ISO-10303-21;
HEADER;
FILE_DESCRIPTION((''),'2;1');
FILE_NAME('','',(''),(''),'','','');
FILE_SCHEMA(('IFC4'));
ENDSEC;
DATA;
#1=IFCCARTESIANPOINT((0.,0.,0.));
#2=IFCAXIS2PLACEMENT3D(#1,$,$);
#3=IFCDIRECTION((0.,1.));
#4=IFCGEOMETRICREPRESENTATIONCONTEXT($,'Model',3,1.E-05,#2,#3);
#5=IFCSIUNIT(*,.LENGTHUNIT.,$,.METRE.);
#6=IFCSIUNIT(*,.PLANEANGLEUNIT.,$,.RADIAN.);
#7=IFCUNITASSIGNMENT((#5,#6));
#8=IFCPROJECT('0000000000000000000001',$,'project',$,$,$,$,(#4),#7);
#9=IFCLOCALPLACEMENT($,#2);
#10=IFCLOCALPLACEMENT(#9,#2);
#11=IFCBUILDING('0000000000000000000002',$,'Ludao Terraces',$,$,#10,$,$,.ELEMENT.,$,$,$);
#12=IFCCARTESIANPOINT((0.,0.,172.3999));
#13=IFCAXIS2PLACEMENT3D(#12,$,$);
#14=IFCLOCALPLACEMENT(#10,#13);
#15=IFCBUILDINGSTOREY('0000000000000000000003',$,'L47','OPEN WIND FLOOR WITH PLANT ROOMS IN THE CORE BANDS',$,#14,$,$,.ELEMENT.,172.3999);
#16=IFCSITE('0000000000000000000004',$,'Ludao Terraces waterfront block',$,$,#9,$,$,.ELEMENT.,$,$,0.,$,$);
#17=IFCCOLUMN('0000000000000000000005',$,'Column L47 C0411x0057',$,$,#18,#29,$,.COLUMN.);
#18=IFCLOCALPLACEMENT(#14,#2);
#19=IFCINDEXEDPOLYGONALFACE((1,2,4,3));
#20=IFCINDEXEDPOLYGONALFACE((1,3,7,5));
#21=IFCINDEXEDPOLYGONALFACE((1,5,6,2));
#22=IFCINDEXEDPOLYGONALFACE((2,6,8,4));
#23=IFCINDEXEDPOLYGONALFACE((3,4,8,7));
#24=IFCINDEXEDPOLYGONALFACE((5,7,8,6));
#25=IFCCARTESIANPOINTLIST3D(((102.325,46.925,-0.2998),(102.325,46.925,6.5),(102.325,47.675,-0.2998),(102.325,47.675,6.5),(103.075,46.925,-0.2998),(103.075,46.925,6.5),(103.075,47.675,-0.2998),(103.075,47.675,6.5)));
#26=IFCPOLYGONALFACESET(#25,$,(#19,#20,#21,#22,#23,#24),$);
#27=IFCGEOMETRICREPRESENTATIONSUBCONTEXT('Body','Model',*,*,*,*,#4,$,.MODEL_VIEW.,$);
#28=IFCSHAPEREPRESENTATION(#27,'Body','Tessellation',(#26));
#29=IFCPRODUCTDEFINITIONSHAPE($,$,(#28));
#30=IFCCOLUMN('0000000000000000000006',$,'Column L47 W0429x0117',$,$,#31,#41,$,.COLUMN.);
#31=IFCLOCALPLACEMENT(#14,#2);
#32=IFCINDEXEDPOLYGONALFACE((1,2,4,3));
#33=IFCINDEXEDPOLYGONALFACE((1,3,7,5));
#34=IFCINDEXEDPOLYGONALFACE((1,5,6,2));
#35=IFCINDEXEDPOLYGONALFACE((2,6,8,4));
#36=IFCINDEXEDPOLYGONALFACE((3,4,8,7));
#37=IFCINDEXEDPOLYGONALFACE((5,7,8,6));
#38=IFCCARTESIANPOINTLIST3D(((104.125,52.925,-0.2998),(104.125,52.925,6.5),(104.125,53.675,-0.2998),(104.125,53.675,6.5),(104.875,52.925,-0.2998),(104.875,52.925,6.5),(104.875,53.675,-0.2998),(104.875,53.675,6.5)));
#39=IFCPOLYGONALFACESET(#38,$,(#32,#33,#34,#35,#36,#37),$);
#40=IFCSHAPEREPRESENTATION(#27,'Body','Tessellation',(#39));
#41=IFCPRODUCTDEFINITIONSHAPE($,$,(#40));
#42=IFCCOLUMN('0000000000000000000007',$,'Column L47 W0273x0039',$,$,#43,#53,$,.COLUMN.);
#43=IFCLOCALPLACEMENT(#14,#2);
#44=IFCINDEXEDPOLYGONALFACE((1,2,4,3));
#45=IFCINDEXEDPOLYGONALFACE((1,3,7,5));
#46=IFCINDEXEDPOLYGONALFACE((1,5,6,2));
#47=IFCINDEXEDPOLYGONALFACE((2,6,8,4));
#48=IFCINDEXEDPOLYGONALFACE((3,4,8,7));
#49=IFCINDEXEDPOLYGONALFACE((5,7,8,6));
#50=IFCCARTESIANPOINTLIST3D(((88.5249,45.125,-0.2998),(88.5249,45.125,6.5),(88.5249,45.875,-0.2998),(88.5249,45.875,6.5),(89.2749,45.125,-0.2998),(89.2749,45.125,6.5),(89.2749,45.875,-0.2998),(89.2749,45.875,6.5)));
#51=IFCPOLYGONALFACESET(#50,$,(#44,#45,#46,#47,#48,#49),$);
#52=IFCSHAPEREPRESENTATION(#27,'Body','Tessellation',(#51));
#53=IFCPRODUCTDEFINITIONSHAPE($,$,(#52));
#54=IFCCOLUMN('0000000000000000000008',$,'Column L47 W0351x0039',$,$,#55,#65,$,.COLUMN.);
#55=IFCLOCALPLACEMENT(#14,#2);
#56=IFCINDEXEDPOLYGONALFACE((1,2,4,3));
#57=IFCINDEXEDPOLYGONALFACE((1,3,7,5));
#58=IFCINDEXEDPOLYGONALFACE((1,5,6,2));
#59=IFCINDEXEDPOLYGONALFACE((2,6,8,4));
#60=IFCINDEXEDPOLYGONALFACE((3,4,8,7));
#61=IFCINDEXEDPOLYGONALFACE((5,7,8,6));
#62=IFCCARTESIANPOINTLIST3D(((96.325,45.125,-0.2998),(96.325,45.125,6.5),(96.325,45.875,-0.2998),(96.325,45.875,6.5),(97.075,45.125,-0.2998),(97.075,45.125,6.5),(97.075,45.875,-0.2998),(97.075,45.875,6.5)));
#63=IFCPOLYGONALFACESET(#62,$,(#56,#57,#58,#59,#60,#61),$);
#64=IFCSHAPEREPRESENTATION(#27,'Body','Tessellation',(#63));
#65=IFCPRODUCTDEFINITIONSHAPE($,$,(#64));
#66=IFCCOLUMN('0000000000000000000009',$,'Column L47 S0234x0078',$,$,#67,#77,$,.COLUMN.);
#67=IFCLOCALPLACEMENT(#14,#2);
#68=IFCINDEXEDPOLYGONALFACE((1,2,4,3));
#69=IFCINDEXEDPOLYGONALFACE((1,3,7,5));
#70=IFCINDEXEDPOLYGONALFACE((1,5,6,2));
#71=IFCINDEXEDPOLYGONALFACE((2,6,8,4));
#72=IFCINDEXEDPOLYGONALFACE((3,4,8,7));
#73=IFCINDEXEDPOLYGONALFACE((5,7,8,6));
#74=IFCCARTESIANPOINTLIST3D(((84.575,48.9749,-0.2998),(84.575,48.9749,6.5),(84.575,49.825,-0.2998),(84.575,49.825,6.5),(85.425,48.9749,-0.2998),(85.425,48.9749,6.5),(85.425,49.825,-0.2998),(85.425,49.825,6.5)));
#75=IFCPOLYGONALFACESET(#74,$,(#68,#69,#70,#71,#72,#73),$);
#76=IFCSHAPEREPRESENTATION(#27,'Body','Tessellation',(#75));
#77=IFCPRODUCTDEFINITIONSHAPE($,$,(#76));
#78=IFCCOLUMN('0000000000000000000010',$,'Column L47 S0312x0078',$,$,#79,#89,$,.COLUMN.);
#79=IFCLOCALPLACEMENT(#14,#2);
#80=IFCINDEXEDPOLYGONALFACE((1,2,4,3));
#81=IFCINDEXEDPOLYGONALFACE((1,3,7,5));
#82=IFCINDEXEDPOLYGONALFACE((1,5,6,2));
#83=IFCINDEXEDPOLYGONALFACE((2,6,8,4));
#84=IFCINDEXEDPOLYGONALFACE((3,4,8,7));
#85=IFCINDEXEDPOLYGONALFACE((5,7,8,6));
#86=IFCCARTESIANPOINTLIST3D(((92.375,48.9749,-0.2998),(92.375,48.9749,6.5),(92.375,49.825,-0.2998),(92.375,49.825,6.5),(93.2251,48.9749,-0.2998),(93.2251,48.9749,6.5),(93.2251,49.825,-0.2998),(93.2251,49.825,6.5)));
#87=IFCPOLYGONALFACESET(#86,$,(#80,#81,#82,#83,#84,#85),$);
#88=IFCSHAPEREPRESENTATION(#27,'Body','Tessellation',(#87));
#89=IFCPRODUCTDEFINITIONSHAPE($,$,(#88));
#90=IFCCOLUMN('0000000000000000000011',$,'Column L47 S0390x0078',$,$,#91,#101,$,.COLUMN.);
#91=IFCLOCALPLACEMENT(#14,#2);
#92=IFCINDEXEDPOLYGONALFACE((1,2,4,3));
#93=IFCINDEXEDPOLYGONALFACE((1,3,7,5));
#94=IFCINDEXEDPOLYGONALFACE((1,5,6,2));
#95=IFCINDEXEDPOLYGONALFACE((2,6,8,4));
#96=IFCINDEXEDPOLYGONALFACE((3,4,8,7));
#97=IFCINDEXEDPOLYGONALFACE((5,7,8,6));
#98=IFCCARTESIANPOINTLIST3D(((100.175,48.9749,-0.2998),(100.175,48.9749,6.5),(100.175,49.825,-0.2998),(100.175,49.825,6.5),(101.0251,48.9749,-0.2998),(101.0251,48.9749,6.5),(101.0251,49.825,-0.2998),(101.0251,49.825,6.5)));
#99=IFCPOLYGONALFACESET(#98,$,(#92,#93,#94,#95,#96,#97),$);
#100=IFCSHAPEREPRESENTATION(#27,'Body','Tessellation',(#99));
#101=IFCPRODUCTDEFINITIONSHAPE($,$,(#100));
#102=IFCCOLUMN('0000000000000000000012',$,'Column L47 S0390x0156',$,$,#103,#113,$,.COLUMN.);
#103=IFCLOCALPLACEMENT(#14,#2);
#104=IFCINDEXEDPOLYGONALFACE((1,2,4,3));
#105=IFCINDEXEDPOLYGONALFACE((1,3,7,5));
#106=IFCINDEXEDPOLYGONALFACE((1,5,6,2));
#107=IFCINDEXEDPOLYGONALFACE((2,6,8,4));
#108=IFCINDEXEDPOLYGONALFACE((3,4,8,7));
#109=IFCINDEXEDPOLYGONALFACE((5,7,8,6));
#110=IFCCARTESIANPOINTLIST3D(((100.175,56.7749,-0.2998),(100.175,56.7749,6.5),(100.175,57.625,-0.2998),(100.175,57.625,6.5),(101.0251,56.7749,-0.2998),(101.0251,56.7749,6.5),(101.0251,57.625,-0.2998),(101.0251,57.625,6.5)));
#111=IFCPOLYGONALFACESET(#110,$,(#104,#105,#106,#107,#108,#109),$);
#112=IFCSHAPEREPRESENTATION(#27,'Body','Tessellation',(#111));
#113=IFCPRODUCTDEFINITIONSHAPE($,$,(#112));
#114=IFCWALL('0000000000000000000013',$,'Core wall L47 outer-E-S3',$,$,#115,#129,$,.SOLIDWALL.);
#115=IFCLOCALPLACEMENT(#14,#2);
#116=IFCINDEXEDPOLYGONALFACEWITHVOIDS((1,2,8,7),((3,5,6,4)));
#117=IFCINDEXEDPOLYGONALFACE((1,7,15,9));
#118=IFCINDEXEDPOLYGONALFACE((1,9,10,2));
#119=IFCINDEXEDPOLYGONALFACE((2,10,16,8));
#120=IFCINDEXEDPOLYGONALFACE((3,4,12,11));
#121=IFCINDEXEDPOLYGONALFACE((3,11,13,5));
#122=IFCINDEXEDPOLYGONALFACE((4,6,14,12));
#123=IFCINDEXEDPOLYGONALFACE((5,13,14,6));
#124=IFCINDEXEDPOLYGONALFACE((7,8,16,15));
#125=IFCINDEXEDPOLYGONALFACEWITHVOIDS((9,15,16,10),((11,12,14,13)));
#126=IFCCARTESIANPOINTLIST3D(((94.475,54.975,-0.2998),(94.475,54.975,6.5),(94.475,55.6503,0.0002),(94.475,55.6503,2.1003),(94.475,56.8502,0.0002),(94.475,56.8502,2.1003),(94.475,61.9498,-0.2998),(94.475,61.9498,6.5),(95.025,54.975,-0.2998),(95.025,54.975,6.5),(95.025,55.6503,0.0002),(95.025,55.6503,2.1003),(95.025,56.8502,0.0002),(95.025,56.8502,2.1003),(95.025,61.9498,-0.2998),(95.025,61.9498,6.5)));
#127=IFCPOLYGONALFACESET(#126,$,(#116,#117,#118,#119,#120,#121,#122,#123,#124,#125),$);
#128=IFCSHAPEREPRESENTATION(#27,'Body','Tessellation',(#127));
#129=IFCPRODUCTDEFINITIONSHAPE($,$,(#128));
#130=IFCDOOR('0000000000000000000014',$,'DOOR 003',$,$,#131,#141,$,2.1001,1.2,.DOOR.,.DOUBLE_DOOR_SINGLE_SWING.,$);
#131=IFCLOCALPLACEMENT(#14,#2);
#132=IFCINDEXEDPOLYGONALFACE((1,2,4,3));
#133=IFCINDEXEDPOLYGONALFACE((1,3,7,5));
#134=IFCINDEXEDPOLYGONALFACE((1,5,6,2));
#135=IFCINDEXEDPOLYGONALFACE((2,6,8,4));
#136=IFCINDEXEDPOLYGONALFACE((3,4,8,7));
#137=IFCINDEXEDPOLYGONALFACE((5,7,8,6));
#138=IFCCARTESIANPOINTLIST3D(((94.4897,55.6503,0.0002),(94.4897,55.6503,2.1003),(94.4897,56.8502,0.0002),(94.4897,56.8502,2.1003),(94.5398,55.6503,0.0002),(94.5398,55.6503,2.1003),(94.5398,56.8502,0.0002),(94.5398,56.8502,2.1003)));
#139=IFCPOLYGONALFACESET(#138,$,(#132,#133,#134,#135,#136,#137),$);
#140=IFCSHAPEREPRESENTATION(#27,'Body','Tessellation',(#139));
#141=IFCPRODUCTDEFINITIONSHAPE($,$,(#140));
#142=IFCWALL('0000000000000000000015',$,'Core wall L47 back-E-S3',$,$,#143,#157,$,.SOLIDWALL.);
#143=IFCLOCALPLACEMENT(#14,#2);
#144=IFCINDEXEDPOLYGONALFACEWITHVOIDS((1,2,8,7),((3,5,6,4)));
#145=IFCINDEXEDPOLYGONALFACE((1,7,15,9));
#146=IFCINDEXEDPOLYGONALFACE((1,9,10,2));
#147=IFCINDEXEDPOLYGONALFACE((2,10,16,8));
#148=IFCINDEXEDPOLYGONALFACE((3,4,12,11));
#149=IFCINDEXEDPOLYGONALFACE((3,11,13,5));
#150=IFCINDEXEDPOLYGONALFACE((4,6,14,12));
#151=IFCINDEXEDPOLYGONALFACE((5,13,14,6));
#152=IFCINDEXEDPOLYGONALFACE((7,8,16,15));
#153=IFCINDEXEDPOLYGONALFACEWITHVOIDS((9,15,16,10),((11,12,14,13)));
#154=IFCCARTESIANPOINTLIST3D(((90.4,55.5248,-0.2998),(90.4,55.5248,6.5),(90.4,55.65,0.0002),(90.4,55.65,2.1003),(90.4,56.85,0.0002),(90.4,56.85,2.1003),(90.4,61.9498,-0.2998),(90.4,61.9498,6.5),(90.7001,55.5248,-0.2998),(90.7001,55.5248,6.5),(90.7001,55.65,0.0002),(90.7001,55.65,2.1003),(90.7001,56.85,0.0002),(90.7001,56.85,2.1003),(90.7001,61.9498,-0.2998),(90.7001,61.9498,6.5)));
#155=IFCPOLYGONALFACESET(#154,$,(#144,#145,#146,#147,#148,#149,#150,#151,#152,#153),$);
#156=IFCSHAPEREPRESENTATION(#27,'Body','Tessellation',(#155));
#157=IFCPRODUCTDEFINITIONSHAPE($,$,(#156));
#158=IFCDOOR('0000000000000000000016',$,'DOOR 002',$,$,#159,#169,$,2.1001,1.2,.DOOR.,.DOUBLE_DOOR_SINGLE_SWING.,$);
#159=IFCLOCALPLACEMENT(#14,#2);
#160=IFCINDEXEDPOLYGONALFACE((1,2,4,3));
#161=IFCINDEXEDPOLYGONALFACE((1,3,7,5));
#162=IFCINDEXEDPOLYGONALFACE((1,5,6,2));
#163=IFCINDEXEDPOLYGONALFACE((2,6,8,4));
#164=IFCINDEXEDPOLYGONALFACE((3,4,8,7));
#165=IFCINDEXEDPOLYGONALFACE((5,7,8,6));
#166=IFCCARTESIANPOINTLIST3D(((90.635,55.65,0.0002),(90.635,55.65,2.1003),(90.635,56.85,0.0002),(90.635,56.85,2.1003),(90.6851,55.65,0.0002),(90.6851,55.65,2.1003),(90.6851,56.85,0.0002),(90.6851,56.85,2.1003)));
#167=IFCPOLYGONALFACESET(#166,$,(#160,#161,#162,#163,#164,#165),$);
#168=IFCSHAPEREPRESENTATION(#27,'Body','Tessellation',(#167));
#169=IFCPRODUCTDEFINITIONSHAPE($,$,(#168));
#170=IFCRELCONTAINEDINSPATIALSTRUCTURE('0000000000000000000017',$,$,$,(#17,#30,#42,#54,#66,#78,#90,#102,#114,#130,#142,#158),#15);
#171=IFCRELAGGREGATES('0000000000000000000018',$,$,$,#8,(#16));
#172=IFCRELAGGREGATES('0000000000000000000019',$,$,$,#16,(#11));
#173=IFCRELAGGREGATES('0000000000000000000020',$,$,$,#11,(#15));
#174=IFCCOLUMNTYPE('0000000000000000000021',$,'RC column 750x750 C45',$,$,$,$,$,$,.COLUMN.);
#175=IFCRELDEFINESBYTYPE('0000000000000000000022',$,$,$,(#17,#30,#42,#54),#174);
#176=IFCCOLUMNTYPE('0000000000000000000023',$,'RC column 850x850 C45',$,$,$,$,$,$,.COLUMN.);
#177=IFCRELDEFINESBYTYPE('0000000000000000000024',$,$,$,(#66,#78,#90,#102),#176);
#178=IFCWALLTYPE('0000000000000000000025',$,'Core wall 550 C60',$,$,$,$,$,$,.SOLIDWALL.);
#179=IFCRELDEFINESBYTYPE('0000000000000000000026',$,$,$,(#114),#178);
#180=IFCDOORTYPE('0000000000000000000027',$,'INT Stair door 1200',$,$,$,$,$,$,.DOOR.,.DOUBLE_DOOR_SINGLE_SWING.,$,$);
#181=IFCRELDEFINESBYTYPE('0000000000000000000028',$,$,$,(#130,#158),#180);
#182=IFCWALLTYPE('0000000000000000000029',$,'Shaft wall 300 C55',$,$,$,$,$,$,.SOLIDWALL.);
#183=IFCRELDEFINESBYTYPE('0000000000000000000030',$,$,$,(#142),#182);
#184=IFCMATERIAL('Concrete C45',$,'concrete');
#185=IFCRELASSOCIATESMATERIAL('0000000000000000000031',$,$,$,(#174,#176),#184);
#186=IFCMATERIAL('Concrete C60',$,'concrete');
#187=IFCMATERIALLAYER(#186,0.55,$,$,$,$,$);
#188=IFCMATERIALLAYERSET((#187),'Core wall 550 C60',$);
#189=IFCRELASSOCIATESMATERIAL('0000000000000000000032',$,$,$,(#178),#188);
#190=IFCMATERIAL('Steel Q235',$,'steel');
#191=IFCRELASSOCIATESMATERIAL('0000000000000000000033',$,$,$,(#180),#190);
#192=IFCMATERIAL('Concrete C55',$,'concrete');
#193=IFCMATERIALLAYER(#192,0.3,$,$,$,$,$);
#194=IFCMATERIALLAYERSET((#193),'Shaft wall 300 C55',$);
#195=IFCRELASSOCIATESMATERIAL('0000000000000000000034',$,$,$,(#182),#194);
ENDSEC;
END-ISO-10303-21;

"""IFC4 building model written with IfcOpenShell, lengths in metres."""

from ifc_helpers import new_model, si_unit, direction, frame, frame_2d, origin, origin_2d, place, context, subcontext, project, spatial, rectangle, extrude, material, layer, layer_set, material_profile, profile_set, type_object, element, fill, save


model = new_model("IFC4")

# Units and contexts
model_context = context("Model", 3, precision=1e-05, world=origin(), true_north=direction((0.0, 1.0)))
body_context = subcontext(model_context, "Body", "Model", "MODEL_VIEW")
ifc_project = project(units=[si_unit("LENGTHUNIT", "METRE"), si_unit("PLANEANGLEUNIT", "RADIAN")], contexts=[model_context])

# Site, building, storey
site_placement = place(None, origin())
site = spatial("IfcSite", under=ifc_project, at=site_placement, Name="Ludao Terraces waterfront block", CompositionType="ELEMENT", RefElevation=0.0)
building_placement = place(site_placement, origin())
building = spatial("IfcBuilding", under=site, at=building_placement, Name="Ludao Terraces", CompositionType="ELEMENT")
storey_placement = place(building_placement, frame((0.0, 0.0, 172.3999)))
storey = spatial("IfcBuildingStorey", under=building, at=storey_placement, Name="L47", Description="OPEN WIND FLOOR WITH PLANT ROOMS IN THE CORE BANDS", CompositionType="ELEMENT", Elevation=172.3999)

# Columns
ifc_material_1 = material(Name="Concrete C45", Category="concrete")
ifc_material_profile_1 = material_profile(ifc_material_1, rectangle(XDim=0.75, YDim=0.75, at=origin_2d()), Name="750 X 750")
ifc_profile_set_1 = profile_set([ifc_material_profile_1], Name="Concrete C45")
column_type_1 = type_object("IfcColumnType", Name="RC column 750x750 C45", PredefinedType="COLUMN", material=ifc_profile_set_1)
for number, where, z_axis, x_axis, name in (
    (1, (102.7, 47.3, -0.2998), (0.0, 0.0, 1.0), (1.0, 0.0, 0.0), "Column L47 C0411x0057"),
    (2, (104.5, 53.3, -0.2998), (0.0, 0.0, 1.0), (1.0, 0.0, 0.0), "Column L47 W0429x0117"),
    (3, (88.8999, 45.5, -0.2998), (0.0, 0.0, 1.0), (1.0, 0.0, 0.0), "Column L47 W0273x0039"),
    (4, (96.7, 45.5, -0.2998), (0.0, 0.0, 1.0), (1.0, 0.0, 0.0), "Column L47 W0351x0039"),
):
    element("IfcColumn", number, at=place(storey_placement, frame(where, z_axis=z_axis, x_axis=x_axis)), inside=storey, type_object=column_type_1, Name=name, PredefinedType="COLUMN", context=body_context, shape_type="SweptSolid", body=[
        extrude(rectangle(XDim=0.75, YDim=0.75, at=origin_2d()), origin(), (0.0, 0.0, 1.0), 6.7998),
    ])
ifc_material_profile_2 = material_profile(ifc_material_1, rectangle(XDim=0.8501, YDim=0.8501, at=origin_2d()), Name="850 X 850")
ifc_profile_set_2 = profile_set([ifc_material_profile_2], Name="Concrete C45")
column_type_2 = type_object("IfcColumnType", Name="RC column 850x850 C45", PredefinedType="COLUMN", material=ifc_profile_set_2)
for number, where, z_axis, x_axis, name in (
    (5, (85.0, 49.3999, -0.2998), (0.0, 0.0, 1.0), (1.0, 0.0, 0.0), "Column L47 S0234x0078"),
    (6, (92.8, 49.3999, -0.2998), (0.0, 0.0, 1.0), (1.0, 0.0, 0.0), "Column L47 S0312x0078"),
    (7, (100.6001, 49.3999, -0.2998), (0.0, 0.0, 1.0), (1.0, 0.0, 0.0), "Column L47 S0390x0078"),
    (8, (100.6001, 57.2, -0.2998), (0.0, 0.0, 1.0), (1.0, 0.0, 0.0), "Column L47 S0390x0156"),
):
    element("IfcColumn", number, at=place(storey_placement, frame(where, z_axis=z_axis, x_axis=x_axis)), inside=storey, type_object=column_type_2, Name=name, PredefinedType="COLUMN", context=body_context, shape_type="SweptSolid", body=[
        extrude(rectangle(XDim=0.8501, YDim=0.8501, at=origin_2d()), origin(), (0.0, 0.0, 1.0), 6.7998),
    ])

# Walls, openings, doors
ifc_material_2 = material(Name="Concrete C60", Category="concrete")
ifc_layer_1 = layer(ifc_material_2, 0.55)
ifc_layer_set_1 = layer_set([ifc_layer_1], Name="Core wall 550 C60")
wall_type_1 = type_object("IfcWallType", Name="Core wall 550 C60", PredefinedType="SOLIDWALL", material=ifc_layer_set_1)
wall_1_placement = place(storey_placement, frame((94.75, 54.9751, -0.2998), z_axis=(0.0, 0.0, 1.0), x_axis=(0.0, 1.0, 0.0)))
wall_1 = element("IfcWall", 9, at=wall_1_placement, inside=storey, type_object=wall_type_1, Name="Core wall L47 outer-E-S3", PredefinedType="SOLIDWALL", context=body_context, shape_type="SweptSolid", body=[
    extrude(rectangle(XDim=6.9749, YDim=0.55, at=frame_2d((3.4873, 0.0))), origin(), (0.0, 0.0, 1.0), 6.7998),
])
opening_1_placement = place(wall_1_placement, frame((0.675, 0.0, 0.3)))
opening_1 = element("IfcOpeningElement", 10, at=opening_1_placement, cuts=wall_1, PredefinedType="OPENING", context=body_context, shape_type="SweptSolid", body=[
    extrude(rectangle(XDim=1.2, YDim=2.1001, at=frame_2d((0.6001, 1.05))), frame((0.0, 0.2852, 0.0), z_axis=(0.0, -1.0, 0.0), x_axis=(1.0, 0.0, 0.0)), (0.0, 0.0, 1.0), 0.5701),
])
ifc_material_3 = material(Name="Steel Q235", Category="steel")
door_type = type_object("IfcDoorType", Name="INT Stair door 1200", OperationType="DOUBLE_DOOR_SINGLE_SWING", PredefinedType="DOOR", material=ifc_material_3)
door_1_placement = place(opening_1_placement, origin())
door_1 = element("IfcDoor", 11, at=door_1_placement, inside=storey, type_object=door_type, Name="DOOR 003", OperationType="DOUBLE_DOOR_SINGLE_SWING", OverallHeight=2.1001, OverallWidth=1.2, PredefinedType="DOOR", context=body_context, shape_type="SweptSolid", body=[
    extrude(rectangle(XDim=1.2, YDim=2.1001, at=frame_2d((0.6001, 1.05))), frame((0.0, 0.2603, 0.0), z_axis=(0.0, -1.0, 0.0), x_axis=(1.0, 0.0, 0.0)), (0.0, 0.0, 1.0), 0.05),
])
fill(opening_1, door_1)
ifc_material_4 = material(Name="Concrete C55", Category="concrete")
ifc_layer_2 = layer(ifc_material_4, 0.3)
ifc_layer_set_2 = layer_set([ifc_layer_2], Name="Shaft wall 300 C55")
wall_type_2 = type_object("IfcWallType", Name="Shaft wall 300 C55", PredefinedType="SOLIDWALL", material=ifc_layer_set_2)
wall_2_placement = place(storey_placement, frame((90.55, 55.5249, -0.2998), z_axis=(0.0, 0.0, 1.0), x_axis=(0.0, 1.0, 0.0)))
wall_2 = element("IfcWall", 12, at=wall_2_placement, inside=storey, type_object=wall_type_2, Name="Core wall L47 back-E-S3", PredefinedType="SOLIDWALL", context=body_context, shape_type="SweptSolid", body=[
    extrude(rectangle(XDim=6.425, YDim=0.3, at=frame_2d((3.2124, 0.0))), origin(), (0.0, 0.0, 1.0), 6.7998),
])
opening_2_placement = place(wall_2_placement, frame((0.125, 0.0, 0.3)))
opening_2 = element("IfcOpeningElement", 13, at=opening_2_placement, cuts=wall_2, PredefinedType="OPENING", context=body_context, shape_type="SweptSolid", body=[
    extrude(rectangle(XDim=1.2, YDim=2.1001, at=frame_2d((0.6001, 1.05))), frame((0.0, 0.1602, 0.0), z_axis=(0.0, -1.0, 0.0), x_axis=(1.0, 0.0, 0.0)), (0.0, 0.0, 1.0), 0.3201),
])
door_2_placement = place(opening_2_placement, origin())
door_2 = element("IfcDoor", 14, at=door_2_placement, inside=storey, type_object=door_type, Name="DOOR 002", OperationType="DOUBLE_DOOR_SINGLE_SWING", OverallHeight=2.1001, OverallWidth=1.2, PredefinedType="DOOR", context=body_context, shape_type="SweptSolid", body=[
    extrude(rectangle(XDim=1.2, YDim=2.1001, at=frame_2d((0.6001, 1.05))), frame((0.0, -0.085, 0.0), z_axis=(0.0, -1.0, 0.0), x_axis=(1.0, 0.0, 0.0)), (0.0, 0.0, 1.0), 0.05),
])
fill(opening_2, door_2)

save(model, "model.ifc")
